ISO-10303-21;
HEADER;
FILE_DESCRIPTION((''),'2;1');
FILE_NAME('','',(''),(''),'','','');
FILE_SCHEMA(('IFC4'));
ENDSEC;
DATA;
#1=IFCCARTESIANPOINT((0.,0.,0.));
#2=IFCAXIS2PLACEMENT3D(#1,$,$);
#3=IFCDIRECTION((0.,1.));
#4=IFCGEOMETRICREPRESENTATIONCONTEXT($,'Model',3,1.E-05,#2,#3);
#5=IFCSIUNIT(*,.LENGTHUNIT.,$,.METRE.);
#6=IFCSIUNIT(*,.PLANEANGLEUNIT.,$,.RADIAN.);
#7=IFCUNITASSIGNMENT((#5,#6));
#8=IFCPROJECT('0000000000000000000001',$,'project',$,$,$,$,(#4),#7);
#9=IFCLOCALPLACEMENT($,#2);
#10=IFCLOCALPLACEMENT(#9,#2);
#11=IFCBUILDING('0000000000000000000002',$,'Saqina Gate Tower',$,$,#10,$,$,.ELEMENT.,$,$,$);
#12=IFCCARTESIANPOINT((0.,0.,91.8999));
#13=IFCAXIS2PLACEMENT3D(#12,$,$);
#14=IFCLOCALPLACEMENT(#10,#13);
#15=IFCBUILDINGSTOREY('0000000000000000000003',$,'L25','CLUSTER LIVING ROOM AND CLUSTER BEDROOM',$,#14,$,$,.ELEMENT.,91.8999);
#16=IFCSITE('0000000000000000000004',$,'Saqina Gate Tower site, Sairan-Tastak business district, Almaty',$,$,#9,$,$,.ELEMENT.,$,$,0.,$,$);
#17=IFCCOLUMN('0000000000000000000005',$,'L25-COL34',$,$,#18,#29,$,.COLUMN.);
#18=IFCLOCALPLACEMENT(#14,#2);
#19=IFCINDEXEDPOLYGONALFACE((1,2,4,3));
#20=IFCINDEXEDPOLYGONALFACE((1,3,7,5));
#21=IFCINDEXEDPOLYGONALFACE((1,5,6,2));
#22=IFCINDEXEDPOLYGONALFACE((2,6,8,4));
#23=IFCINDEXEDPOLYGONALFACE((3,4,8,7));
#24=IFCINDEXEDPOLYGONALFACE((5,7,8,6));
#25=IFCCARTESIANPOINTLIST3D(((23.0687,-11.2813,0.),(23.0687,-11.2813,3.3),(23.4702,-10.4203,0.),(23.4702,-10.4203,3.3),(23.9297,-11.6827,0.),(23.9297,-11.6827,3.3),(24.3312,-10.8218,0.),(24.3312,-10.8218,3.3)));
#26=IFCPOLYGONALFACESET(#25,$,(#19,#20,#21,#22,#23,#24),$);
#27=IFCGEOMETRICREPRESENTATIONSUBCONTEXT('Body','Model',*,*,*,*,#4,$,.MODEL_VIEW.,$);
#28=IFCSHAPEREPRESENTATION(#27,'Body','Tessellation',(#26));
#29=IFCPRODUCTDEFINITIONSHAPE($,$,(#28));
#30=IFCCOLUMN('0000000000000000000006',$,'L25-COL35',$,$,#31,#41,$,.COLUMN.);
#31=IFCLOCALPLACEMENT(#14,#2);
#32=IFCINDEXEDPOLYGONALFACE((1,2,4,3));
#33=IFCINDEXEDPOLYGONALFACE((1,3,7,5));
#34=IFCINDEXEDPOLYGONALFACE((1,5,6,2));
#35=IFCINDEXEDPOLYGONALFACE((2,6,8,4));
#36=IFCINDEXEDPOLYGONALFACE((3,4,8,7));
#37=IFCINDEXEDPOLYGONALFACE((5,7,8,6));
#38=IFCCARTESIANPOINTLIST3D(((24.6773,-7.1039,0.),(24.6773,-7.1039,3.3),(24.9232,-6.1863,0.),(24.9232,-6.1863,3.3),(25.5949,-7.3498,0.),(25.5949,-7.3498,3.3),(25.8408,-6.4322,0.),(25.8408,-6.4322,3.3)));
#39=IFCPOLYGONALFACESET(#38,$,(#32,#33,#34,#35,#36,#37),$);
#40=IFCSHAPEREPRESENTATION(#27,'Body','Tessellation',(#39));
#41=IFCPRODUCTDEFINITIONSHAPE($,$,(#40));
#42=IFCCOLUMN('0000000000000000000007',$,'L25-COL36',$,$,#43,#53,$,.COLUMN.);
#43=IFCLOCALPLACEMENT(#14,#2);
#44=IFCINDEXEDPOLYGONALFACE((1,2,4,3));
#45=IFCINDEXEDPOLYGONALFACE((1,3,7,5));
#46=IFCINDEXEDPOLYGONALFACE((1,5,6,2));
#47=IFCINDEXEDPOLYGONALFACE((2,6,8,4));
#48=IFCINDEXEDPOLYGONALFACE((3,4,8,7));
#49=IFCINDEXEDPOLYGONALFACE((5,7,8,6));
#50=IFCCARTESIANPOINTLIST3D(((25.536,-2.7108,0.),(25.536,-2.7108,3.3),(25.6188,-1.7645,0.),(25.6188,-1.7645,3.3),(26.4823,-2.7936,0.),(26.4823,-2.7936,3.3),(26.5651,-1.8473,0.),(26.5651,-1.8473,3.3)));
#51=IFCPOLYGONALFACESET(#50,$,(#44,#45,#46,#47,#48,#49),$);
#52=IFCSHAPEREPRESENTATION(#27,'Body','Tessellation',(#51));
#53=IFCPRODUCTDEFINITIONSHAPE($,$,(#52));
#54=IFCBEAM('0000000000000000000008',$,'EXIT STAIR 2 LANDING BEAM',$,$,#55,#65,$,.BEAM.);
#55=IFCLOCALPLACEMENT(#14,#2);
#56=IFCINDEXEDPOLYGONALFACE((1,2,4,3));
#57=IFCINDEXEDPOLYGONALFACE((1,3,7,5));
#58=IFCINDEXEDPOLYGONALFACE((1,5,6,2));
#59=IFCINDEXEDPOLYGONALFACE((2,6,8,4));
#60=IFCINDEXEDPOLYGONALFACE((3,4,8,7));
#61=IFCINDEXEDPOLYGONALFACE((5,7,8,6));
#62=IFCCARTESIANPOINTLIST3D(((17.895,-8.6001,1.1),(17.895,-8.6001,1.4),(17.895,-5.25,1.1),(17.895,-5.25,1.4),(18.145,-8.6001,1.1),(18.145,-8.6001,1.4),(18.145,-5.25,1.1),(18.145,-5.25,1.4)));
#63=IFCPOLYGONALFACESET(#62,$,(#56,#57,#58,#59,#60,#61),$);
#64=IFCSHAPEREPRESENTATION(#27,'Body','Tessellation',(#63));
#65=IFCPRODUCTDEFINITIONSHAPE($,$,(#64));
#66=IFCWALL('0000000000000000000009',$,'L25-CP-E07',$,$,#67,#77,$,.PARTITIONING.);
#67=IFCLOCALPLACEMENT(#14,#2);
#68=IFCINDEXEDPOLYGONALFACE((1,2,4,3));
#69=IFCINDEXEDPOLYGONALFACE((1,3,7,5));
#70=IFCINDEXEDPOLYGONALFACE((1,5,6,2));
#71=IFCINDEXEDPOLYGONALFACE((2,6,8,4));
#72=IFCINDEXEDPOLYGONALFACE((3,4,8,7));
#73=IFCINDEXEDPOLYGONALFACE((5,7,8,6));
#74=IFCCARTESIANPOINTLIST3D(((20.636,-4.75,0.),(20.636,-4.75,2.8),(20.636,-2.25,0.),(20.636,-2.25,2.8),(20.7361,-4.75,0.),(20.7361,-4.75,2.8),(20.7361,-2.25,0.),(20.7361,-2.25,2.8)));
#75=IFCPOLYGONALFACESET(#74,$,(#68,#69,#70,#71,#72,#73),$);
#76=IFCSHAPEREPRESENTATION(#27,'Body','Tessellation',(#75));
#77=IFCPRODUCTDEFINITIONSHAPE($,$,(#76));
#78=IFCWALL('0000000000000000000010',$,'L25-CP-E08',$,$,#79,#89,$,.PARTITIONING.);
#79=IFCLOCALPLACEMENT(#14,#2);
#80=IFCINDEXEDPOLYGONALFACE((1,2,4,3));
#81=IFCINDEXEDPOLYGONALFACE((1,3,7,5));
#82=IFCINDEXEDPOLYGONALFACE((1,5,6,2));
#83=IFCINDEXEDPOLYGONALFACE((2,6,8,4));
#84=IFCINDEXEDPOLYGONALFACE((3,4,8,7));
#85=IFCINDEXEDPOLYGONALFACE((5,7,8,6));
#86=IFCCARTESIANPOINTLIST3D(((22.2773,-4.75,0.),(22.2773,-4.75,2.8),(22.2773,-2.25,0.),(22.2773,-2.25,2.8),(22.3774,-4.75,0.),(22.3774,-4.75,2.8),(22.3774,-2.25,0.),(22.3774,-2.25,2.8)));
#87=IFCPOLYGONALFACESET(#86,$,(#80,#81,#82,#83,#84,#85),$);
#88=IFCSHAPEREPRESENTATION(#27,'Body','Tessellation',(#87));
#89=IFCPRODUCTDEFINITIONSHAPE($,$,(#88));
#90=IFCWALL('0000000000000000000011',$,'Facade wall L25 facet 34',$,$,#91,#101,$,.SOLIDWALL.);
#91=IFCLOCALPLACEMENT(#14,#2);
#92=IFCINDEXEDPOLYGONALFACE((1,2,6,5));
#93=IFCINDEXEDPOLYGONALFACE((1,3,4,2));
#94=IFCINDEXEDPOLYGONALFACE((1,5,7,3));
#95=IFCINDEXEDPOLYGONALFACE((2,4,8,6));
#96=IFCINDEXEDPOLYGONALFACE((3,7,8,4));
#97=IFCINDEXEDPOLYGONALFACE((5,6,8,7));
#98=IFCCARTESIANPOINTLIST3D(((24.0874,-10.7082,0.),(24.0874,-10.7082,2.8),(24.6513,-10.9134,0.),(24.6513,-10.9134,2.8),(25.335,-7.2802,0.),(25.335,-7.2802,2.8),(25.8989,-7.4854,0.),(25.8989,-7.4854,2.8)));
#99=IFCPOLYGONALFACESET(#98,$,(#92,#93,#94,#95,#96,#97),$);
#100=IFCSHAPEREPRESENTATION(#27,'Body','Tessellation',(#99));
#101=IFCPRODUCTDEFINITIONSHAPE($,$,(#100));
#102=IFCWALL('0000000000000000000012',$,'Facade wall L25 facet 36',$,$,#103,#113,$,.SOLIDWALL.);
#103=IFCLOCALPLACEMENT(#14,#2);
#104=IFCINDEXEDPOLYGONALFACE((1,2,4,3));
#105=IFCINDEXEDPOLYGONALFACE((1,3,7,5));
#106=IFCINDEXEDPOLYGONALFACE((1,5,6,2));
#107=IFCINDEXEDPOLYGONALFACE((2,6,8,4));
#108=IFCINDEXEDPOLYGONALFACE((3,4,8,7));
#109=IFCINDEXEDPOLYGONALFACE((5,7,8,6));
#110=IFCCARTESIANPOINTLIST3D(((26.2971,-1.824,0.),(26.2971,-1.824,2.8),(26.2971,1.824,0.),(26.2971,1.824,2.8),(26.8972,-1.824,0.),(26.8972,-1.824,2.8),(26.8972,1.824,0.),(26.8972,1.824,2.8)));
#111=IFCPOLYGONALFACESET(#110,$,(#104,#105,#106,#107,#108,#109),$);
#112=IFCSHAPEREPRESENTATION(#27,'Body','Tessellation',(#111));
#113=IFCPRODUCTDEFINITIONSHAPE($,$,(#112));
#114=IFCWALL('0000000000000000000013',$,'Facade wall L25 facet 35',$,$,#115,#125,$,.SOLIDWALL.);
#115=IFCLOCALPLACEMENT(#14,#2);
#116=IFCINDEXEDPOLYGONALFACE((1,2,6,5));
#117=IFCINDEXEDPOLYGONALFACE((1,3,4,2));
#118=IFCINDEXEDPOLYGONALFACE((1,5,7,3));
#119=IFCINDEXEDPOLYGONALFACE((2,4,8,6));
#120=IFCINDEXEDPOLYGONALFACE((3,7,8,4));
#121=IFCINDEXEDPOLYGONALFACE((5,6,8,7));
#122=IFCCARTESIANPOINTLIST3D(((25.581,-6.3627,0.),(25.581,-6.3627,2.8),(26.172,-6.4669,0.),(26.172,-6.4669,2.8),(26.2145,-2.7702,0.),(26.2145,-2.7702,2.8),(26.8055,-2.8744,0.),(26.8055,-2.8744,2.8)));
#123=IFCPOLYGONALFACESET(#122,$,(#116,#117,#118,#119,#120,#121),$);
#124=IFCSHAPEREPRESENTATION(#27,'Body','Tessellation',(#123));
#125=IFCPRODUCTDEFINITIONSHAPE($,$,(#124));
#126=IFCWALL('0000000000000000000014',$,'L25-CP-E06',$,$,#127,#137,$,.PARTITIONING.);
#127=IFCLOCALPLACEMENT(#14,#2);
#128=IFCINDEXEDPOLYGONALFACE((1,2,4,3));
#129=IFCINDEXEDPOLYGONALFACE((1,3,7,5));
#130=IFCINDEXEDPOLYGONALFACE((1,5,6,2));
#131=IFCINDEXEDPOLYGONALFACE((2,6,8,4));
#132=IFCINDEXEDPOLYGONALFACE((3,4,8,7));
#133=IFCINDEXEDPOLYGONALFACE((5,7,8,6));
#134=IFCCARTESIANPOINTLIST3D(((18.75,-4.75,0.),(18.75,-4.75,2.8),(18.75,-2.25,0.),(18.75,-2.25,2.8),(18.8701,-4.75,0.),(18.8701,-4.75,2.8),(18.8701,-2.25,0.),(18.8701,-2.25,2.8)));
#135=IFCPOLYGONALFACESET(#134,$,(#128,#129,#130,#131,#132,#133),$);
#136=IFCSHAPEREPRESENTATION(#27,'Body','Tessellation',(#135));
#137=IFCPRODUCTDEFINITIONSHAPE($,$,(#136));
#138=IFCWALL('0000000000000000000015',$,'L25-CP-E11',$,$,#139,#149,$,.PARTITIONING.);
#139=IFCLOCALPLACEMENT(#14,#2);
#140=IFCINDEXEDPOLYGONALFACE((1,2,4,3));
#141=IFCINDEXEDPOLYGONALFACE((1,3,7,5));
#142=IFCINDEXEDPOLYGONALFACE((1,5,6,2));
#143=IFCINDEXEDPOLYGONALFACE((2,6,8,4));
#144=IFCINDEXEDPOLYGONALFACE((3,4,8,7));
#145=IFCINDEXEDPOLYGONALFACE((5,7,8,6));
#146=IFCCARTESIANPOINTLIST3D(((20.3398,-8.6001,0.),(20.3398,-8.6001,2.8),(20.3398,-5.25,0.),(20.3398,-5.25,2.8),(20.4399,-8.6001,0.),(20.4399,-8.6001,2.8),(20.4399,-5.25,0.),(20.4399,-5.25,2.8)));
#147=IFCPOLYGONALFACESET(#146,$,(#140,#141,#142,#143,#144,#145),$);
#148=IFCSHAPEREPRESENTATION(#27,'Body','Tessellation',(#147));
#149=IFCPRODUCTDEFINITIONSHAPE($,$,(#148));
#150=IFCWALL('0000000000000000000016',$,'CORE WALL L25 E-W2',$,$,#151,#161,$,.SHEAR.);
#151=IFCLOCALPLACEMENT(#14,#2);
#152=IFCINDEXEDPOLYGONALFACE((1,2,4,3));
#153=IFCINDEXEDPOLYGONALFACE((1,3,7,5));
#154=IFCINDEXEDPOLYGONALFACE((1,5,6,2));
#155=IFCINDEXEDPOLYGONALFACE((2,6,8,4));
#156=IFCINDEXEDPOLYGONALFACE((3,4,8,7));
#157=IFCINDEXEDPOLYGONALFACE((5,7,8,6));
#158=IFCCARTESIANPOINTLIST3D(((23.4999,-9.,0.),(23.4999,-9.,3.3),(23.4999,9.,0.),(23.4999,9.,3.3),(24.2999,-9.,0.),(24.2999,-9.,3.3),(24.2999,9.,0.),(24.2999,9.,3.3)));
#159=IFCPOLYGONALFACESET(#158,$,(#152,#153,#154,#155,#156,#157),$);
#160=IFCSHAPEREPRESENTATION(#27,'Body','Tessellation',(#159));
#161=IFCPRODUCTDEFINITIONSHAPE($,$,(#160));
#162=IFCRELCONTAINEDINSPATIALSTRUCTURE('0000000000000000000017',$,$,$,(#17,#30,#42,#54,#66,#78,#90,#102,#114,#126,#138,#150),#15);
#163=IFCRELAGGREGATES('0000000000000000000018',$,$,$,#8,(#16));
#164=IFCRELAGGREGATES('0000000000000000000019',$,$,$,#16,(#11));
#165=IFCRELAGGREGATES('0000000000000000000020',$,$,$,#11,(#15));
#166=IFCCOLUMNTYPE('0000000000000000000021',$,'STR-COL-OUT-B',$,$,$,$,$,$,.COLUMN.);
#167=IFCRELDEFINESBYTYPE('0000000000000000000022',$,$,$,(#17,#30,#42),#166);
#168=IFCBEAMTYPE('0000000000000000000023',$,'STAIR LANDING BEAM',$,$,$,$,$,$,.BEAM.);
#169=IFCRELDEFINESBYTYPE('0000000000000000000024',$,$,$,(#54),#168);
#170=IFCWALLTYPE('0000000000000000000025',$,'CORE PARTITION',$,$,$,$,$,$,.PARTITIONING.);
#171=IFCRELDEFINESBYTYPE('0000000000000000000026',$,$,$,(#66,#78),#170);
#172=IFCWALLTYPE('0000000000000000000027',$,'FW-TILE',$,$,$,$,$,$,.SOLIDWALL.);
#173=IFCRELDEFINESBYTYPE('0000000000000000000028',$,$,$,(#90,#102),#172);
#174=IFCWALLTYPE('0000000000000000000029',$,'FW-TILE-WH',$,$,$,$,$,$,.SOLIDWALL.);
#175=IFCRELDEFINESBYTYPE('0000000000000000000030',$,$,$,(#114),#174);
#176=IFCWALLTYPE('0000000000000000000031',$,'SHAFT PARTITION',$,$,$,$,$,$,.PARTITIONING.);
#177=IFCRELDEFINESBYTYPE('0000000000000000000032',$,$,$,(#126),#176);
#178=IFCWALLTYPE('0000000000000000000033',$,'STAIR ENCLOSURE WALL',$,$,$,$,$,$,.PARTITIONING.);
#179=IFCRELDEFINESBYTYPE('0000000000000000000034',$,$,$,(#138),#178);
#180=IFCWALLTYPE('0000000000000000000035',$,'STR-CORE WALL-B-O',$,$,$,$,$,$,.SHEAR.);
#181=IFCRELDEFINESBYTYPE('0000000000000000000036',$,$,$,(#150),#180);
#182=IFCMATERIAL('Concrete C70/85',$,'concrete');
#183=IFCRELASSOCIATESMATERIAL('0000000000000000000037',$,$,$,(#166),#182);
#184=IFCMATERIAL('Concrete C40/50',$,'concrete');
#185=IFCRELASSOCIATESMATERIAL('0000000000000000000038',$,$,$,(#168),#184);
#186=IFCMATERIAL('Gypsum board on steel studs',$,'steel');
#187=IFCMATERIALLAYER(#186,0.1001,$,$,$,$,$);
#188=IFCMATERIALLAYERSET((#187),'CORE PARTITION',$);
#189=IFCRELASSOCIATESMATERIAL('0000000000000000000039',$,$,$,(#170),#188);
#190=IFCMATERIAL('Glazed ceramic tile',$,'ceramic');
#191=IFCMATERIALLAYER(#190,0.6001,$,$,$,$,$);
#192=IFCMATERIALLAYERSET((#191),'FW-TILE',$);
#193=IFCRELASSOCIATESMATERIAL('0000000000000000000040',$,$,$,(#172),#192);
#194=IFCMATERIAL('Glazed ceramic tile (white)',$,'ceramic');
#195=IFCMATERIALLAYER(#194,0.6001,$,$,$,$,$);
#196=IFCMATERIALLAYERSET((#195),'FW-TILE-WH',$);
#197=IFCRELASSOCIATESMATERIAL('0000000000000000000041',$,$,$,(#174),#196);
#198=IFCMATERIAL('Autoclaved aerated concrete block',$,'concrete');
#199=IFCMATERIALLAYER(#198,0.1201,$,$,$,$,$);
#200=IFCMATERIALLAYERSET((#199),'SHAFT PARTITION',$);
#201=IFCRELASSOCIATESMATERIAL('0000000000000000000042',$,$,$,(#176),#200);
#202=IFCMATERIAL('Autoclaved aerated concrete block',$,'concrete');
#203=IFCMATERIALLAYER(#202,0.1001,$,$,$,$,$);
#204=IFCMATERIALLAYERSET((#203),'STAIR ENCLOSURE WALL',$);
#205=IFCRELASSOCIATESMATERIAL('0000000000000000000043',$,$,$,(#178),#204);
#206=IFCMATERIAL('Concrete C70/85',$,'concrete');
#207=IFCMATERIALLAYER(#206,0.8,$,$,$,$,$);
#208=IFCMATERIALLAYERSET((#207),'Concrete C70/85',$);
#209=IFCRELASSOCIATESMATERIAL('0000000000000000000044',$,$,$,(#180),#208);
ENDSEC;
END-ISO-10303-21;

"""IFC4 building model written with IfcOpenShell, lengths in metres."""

from ifc_helpers import new_model, si_unit, direction, frame, frame_2d, origin, origin_2d, place, context, subcontext, project, spatial, rectangle, extrude, material, layer, layer_set, material_profile, profile_set, type_object, element, save


model = new_model("IFC4")

# Units and contexts
model_context = context("Model", 3, precision=1e-05, world=origin(), true_north=direction((0.0, 1.0)))
body_context = subcontext(model_context, "Body", "Model", "MODEL_VIEW")
ifc_project = project(units=[si_unit("LENGTHUNIT", "METRE"), si_unit("PLANEANGLEUNIT", "RADIAN")], contexts=[model_context])

# Site, building, storey
site_placement = place(None, origin())
site = spatial("IfcSite", under=ifc_project, at=site_placement, Name="Saqina Gate Tower site, Sairan-Tastak business district, Almaty", CompositionType="ELEMENT", RefElevation=0.0)
building_placement = place(site_placement, origin())
building = spatial("IfcBuilding", under=site, at=building_placement, Name="Saqina Gate Tower", CompositionType="ELEMENT")
storey_placement = place(building_placement, frame((0.0, 0.0, 91.8999)))
storey = spatial("IfcBuildingStorey", under=building, at=storey_placement, Name="L25", Description="CLUSTER LIVING ROOM AND CLUSTER BEDROOM", CompositionType="ELEMENT", Elevation=91.8999)

# Columns
ifc_material_1 = material(Name="Concrete C70/85", Category="concrete")
ifc_material_profile_1 = material_profile(ifc_material_1, rectangle(XDim=0.95, YDim=0.95, at=origin_2d()), Name="RC 950x950")
ifc_profile_set_1 = profile_set([ifc_material_profile_1], Name="Concrete C70/85")
column_type = type_object("IfcColumnType", Name="STR-COL-OUT-B", PredefinedType="COLUMN", material=ifc_profile_set_1)
for number, where, z_axis, x_axis, name in (
    (1, (23.7, -11.0515, 0.0), (0.0, 0.0, 1.0), (0.906308, -0.422618, 0.0), "L25-COL34"),
    (2, (25.259, -6.7681, 0.0), (0.0, 0.0, 1.0), (0.965926, -0.258819, 0.0), "L25-COL35"),
    (3, (26.0505, -2.2791, 0.0), (0.0, 0.0, 1.0), (0.996195, -0.087156, 0.0), "L25-COL36"),
):
    element("IfcColumn", number, at=place(storey_placement, frame(where, z_axis=z_axis, x_axis=x_axis)), inside=storey, type_object=column_type, Name=name, PredefinedType="COLUMN", context=body_context, shape_type="SweptSolid", body=[
        extrude(rectangle(XDim=0.95, YDim=0.95, at=origin_2d()), origin(), (0.0, 0.0, 1.0), 3.3),
    ])

# Beam
ifc_material_2 = material(Name="Concrete C40/50", Category="concrete")
ifc_material_profile_2 = material_profile(ifc_material_2, rectangle(XDim=0.25, YDim=0.3, at=origin_2d()), Name="STAIR LANDING BEAM")
ifc_profile_set_2 = profile_set([ifc_material_profile_2], Name="Concrete C40/50")
beam_type = type_object("IfcBeamType", Name="STAIR LANDING BEAM", PredefinedType="BEAM", material=ifc_profile_set_2)
beam_placement = place(storey_placement, frame((18.02, -8.6001, 1.25), z_axis=(0.0, 1.0, 0.0), x_axis=(-1.0, 0.0, 0.0)))
element("IfcBeam", 4, at=beam_placement, inside=storey, type_object=beam_type, Name="EXIT STAIR 2 LANDING BEAM", PredefinedType="BEAM", context=body_context, shape_type="SweptSolid", body=[
    extrude(rectangle(XDim=0.25, YDim=0.3, at=origin_2d()), origin(), (0.0, 0.0, 1.0), 3.3501),
])

# Walls
ifc_material_3 = material(Name="Gypsum board on steel studs", Category="steel")
ifc_layer_1 = layer(ifc_material_3, 0.1001)
ifc_layer_set_1 = layer_set([ifc_layer_1], Name="CORE PARTITION")
wall_type_1 = type_object("IfcWallType", Name="CORE PARTITION", PredefinedType="PARTITIONING", material=ifc_layer_set_1)
for number, where, z_axis, x_axis, name in (
    (5, (20.686, -4.75, 0.0), (0.0, 0.0, 1.0), (0.0, 1.0, 0.0), "L25-CP-E07"),
    (6, (22.3274, -4.75, 0.0), (0.0, 0.0, 1.0), (0.0, 1.0, 0.0), "L25-CP-E08"),
):
    element("IfcWall", number, at=place(storey_placement, frame(where, z_axis=z_axis, x_axis=x_axis)), inside=storey, type_object=wall_type_1, Name=name, PredefinedType="PARTITIONING", context=body_context, shape_type="SweptSolid", body=[
        extrude(rectangle(XDim=2.5, YDim=0.1001, at=frame_2d((1.25, 0.0))), origin(), (0.0, 0.0, 1.0), 2.8),
    ])
ifc_material_4 = material(Name="Glazed ceramic tile", Category="ceramic")
ifc_layer_2 = layer(ifc_material_4, 0.6001)
ifc_layer_set_2 = layer_set([ifc_layer_2], Name="FW-TILE")
wall_type_2 = type_object("IfcWallType", Name="FW-TILE", PredefinedType="SOLIDWALL", material=ifc_layer_set_2)
for number, where, z_axis, x_axis, name in (
    (7, (24.3694, -10.8108, 0.0), (0.0, 0.0, 1.0), (0.34199, 0.939704, 0.0), "Facade wall L25 facet 34"),
    (8, (26.5972, -1.824, 0.0), (0.0, 0.0, 1.0), (0.0, 1.0, 0.0), "Facade wall L25 facet 36"),
):
    element("IfcWall", number, at=place(storey_placement, frame(where, z_axis=z_axis, x_axis=x_axis)), inside=storey, type_object=wall_type_2, Name=name, PredefinedType="SOLIDWALL", context=body_context, shape_type="SweptSolid", body=[
        extrude(rectangle(XDim=3.6479, YDim=0.6001, at=frame_2d((1.824, 0.0))), origin(), (0.0, 0.0, 1.0), 2.8),
    ])
ifc_material_5 = material(Name="Glazed ceramic tile (white)", Category="ceramic")
ifc_layer_3 = layer(ifc_material_5, 0.6001)
ifc_layer_set_3 = layer_set([ifc_layer_3], Name="FW-TILE-WH")
wall_type_3 = type_object("IfcWallType", Name="FW-TILE-WH", PredefinedType="SOLIDWALL", material=ifc_layer_set_3)
wall_1_placement = place(storey_placement, frame((25.8765, -6.4148, 0.0), z_axis=(0.0, 0.0, 1.0), x_axis=(0.173671, 0.984804, 0.0)))
element("IfcWall", 9, at=wall_1_placement, inside=storey, type_object=wall_type_3, Name="Facade wall L25 facet 35", PredefinedType="SOLIDWALL", context=body_context, shape_type="SweptSolid", body=[
    extrude(rectangle(XDim=3.6479, YDim=0.6001, at=frame_2d((1.824, 0.0))), origin(), (0.0, 0.0, 1.0), 2.8),
])
ifc_material_6 = material(Name="Autoclaved aerated concrete block", Category="concrete")
ifc_layer_4 = layer(ifc_material_6, 0.1201)
ifc_layer_set_4 = layer_set([ifc_layer_4], Name="SHAFT PARTITION")
wall_type_4 = type_object("IfcWallType", Name="SHAFT PARTITION", PredefinedType="PARTITIONING", material=ifc_layer_set_4)
wall_2_placement = place(storey_placement, frame((18.8101, -4.75, 0.0), z_axis=(0.0, 0.0, 1.0), x_axis=(0.0, 1.0, 0.0)))
element("IfcWall", 10, at=wall_2_placement, inside=storey, type_object=wall_type_4, Name="L25-CP-E06", PredefinedType="PARTITIONING", context=body_context, shape_type="SweptSolid", body=[
    extrude(rectangle(XDim=2.5, YDim=0.1201, at=frame_2d((1.25, 0.0))), origin(), (0.0, 0.0, 1.0), 2.8),
])
ifc_material_7 = material(Name="Autoclaved aerated concrete block", Category="concrete")
ifc_layer_5 = layer(ifc_material_7, 0.1001)
ifc_layer_set_5 = layer_set([ifc_layer_5], Name="STAIR ENCLOSURE WALL")
wall_type_5 = type_object("IfcWallType", Name="STAIR ENCLOSURE WALL", PredefinedType="PARTITIONING", material=ifc_layer_set_5)
wall_3_placement = place(storey_placement, frame((20.3899, -8.6001, 0.0), z_axis=(0.0, 0.0, 1.0), x_axis=(0.0, 1.0, 0.0)))
element("IfcWall", 11, at=wall_3_placement, inside=storey, type_object=wall_type_5, Name="L25-CP-E11", PredefinedType="PARTITIONING", context=body_context, shape_type="SweptSolid", body=[
    extrude(rectangle(XDim=3.3501, YDim=0.1001, at=frame_2d((1.675, 0.0))), origin(), (0.0, 0.0, 1.0), 2.8),
])
ifc_material_8 = material(Name="Concrete C70/85", Category="concrete")
ifc_layer_6 = layer(ifc_material_8, 0.8)
ifc_layer_set_6 = layer_set([ifc_layer_6], Name="Concrete C70/85")
wall_type_6 = type_object("IfcWallType", Name="STR-CORE WALL-B-O", PredefinedType="SHEAR", material=ifc_layer_set_6)
wall_4_placement = place(storey_placement, frame((23.8999, -9.0, 0.0), z_axis=(0.0, 0.0, 1.0), x_axis=(0.0, 1.0, 0.0)))
element("IfcWall", 12, at=wall_4_placement, inside=storey, type_object=wall_type_6, Name="CORE WALL L25 E-W2", PredefinedType="SHEAR", context=body_context, shape_type="SweptSolid", body=[
    extrude(rectangle(XDim=18.0, YDim=0.8, at=frame_2d((9.0, 0.0))), origin(), (0.0, 0.0, 1.0), 3.3),
])

save(model, "model.ifc")
